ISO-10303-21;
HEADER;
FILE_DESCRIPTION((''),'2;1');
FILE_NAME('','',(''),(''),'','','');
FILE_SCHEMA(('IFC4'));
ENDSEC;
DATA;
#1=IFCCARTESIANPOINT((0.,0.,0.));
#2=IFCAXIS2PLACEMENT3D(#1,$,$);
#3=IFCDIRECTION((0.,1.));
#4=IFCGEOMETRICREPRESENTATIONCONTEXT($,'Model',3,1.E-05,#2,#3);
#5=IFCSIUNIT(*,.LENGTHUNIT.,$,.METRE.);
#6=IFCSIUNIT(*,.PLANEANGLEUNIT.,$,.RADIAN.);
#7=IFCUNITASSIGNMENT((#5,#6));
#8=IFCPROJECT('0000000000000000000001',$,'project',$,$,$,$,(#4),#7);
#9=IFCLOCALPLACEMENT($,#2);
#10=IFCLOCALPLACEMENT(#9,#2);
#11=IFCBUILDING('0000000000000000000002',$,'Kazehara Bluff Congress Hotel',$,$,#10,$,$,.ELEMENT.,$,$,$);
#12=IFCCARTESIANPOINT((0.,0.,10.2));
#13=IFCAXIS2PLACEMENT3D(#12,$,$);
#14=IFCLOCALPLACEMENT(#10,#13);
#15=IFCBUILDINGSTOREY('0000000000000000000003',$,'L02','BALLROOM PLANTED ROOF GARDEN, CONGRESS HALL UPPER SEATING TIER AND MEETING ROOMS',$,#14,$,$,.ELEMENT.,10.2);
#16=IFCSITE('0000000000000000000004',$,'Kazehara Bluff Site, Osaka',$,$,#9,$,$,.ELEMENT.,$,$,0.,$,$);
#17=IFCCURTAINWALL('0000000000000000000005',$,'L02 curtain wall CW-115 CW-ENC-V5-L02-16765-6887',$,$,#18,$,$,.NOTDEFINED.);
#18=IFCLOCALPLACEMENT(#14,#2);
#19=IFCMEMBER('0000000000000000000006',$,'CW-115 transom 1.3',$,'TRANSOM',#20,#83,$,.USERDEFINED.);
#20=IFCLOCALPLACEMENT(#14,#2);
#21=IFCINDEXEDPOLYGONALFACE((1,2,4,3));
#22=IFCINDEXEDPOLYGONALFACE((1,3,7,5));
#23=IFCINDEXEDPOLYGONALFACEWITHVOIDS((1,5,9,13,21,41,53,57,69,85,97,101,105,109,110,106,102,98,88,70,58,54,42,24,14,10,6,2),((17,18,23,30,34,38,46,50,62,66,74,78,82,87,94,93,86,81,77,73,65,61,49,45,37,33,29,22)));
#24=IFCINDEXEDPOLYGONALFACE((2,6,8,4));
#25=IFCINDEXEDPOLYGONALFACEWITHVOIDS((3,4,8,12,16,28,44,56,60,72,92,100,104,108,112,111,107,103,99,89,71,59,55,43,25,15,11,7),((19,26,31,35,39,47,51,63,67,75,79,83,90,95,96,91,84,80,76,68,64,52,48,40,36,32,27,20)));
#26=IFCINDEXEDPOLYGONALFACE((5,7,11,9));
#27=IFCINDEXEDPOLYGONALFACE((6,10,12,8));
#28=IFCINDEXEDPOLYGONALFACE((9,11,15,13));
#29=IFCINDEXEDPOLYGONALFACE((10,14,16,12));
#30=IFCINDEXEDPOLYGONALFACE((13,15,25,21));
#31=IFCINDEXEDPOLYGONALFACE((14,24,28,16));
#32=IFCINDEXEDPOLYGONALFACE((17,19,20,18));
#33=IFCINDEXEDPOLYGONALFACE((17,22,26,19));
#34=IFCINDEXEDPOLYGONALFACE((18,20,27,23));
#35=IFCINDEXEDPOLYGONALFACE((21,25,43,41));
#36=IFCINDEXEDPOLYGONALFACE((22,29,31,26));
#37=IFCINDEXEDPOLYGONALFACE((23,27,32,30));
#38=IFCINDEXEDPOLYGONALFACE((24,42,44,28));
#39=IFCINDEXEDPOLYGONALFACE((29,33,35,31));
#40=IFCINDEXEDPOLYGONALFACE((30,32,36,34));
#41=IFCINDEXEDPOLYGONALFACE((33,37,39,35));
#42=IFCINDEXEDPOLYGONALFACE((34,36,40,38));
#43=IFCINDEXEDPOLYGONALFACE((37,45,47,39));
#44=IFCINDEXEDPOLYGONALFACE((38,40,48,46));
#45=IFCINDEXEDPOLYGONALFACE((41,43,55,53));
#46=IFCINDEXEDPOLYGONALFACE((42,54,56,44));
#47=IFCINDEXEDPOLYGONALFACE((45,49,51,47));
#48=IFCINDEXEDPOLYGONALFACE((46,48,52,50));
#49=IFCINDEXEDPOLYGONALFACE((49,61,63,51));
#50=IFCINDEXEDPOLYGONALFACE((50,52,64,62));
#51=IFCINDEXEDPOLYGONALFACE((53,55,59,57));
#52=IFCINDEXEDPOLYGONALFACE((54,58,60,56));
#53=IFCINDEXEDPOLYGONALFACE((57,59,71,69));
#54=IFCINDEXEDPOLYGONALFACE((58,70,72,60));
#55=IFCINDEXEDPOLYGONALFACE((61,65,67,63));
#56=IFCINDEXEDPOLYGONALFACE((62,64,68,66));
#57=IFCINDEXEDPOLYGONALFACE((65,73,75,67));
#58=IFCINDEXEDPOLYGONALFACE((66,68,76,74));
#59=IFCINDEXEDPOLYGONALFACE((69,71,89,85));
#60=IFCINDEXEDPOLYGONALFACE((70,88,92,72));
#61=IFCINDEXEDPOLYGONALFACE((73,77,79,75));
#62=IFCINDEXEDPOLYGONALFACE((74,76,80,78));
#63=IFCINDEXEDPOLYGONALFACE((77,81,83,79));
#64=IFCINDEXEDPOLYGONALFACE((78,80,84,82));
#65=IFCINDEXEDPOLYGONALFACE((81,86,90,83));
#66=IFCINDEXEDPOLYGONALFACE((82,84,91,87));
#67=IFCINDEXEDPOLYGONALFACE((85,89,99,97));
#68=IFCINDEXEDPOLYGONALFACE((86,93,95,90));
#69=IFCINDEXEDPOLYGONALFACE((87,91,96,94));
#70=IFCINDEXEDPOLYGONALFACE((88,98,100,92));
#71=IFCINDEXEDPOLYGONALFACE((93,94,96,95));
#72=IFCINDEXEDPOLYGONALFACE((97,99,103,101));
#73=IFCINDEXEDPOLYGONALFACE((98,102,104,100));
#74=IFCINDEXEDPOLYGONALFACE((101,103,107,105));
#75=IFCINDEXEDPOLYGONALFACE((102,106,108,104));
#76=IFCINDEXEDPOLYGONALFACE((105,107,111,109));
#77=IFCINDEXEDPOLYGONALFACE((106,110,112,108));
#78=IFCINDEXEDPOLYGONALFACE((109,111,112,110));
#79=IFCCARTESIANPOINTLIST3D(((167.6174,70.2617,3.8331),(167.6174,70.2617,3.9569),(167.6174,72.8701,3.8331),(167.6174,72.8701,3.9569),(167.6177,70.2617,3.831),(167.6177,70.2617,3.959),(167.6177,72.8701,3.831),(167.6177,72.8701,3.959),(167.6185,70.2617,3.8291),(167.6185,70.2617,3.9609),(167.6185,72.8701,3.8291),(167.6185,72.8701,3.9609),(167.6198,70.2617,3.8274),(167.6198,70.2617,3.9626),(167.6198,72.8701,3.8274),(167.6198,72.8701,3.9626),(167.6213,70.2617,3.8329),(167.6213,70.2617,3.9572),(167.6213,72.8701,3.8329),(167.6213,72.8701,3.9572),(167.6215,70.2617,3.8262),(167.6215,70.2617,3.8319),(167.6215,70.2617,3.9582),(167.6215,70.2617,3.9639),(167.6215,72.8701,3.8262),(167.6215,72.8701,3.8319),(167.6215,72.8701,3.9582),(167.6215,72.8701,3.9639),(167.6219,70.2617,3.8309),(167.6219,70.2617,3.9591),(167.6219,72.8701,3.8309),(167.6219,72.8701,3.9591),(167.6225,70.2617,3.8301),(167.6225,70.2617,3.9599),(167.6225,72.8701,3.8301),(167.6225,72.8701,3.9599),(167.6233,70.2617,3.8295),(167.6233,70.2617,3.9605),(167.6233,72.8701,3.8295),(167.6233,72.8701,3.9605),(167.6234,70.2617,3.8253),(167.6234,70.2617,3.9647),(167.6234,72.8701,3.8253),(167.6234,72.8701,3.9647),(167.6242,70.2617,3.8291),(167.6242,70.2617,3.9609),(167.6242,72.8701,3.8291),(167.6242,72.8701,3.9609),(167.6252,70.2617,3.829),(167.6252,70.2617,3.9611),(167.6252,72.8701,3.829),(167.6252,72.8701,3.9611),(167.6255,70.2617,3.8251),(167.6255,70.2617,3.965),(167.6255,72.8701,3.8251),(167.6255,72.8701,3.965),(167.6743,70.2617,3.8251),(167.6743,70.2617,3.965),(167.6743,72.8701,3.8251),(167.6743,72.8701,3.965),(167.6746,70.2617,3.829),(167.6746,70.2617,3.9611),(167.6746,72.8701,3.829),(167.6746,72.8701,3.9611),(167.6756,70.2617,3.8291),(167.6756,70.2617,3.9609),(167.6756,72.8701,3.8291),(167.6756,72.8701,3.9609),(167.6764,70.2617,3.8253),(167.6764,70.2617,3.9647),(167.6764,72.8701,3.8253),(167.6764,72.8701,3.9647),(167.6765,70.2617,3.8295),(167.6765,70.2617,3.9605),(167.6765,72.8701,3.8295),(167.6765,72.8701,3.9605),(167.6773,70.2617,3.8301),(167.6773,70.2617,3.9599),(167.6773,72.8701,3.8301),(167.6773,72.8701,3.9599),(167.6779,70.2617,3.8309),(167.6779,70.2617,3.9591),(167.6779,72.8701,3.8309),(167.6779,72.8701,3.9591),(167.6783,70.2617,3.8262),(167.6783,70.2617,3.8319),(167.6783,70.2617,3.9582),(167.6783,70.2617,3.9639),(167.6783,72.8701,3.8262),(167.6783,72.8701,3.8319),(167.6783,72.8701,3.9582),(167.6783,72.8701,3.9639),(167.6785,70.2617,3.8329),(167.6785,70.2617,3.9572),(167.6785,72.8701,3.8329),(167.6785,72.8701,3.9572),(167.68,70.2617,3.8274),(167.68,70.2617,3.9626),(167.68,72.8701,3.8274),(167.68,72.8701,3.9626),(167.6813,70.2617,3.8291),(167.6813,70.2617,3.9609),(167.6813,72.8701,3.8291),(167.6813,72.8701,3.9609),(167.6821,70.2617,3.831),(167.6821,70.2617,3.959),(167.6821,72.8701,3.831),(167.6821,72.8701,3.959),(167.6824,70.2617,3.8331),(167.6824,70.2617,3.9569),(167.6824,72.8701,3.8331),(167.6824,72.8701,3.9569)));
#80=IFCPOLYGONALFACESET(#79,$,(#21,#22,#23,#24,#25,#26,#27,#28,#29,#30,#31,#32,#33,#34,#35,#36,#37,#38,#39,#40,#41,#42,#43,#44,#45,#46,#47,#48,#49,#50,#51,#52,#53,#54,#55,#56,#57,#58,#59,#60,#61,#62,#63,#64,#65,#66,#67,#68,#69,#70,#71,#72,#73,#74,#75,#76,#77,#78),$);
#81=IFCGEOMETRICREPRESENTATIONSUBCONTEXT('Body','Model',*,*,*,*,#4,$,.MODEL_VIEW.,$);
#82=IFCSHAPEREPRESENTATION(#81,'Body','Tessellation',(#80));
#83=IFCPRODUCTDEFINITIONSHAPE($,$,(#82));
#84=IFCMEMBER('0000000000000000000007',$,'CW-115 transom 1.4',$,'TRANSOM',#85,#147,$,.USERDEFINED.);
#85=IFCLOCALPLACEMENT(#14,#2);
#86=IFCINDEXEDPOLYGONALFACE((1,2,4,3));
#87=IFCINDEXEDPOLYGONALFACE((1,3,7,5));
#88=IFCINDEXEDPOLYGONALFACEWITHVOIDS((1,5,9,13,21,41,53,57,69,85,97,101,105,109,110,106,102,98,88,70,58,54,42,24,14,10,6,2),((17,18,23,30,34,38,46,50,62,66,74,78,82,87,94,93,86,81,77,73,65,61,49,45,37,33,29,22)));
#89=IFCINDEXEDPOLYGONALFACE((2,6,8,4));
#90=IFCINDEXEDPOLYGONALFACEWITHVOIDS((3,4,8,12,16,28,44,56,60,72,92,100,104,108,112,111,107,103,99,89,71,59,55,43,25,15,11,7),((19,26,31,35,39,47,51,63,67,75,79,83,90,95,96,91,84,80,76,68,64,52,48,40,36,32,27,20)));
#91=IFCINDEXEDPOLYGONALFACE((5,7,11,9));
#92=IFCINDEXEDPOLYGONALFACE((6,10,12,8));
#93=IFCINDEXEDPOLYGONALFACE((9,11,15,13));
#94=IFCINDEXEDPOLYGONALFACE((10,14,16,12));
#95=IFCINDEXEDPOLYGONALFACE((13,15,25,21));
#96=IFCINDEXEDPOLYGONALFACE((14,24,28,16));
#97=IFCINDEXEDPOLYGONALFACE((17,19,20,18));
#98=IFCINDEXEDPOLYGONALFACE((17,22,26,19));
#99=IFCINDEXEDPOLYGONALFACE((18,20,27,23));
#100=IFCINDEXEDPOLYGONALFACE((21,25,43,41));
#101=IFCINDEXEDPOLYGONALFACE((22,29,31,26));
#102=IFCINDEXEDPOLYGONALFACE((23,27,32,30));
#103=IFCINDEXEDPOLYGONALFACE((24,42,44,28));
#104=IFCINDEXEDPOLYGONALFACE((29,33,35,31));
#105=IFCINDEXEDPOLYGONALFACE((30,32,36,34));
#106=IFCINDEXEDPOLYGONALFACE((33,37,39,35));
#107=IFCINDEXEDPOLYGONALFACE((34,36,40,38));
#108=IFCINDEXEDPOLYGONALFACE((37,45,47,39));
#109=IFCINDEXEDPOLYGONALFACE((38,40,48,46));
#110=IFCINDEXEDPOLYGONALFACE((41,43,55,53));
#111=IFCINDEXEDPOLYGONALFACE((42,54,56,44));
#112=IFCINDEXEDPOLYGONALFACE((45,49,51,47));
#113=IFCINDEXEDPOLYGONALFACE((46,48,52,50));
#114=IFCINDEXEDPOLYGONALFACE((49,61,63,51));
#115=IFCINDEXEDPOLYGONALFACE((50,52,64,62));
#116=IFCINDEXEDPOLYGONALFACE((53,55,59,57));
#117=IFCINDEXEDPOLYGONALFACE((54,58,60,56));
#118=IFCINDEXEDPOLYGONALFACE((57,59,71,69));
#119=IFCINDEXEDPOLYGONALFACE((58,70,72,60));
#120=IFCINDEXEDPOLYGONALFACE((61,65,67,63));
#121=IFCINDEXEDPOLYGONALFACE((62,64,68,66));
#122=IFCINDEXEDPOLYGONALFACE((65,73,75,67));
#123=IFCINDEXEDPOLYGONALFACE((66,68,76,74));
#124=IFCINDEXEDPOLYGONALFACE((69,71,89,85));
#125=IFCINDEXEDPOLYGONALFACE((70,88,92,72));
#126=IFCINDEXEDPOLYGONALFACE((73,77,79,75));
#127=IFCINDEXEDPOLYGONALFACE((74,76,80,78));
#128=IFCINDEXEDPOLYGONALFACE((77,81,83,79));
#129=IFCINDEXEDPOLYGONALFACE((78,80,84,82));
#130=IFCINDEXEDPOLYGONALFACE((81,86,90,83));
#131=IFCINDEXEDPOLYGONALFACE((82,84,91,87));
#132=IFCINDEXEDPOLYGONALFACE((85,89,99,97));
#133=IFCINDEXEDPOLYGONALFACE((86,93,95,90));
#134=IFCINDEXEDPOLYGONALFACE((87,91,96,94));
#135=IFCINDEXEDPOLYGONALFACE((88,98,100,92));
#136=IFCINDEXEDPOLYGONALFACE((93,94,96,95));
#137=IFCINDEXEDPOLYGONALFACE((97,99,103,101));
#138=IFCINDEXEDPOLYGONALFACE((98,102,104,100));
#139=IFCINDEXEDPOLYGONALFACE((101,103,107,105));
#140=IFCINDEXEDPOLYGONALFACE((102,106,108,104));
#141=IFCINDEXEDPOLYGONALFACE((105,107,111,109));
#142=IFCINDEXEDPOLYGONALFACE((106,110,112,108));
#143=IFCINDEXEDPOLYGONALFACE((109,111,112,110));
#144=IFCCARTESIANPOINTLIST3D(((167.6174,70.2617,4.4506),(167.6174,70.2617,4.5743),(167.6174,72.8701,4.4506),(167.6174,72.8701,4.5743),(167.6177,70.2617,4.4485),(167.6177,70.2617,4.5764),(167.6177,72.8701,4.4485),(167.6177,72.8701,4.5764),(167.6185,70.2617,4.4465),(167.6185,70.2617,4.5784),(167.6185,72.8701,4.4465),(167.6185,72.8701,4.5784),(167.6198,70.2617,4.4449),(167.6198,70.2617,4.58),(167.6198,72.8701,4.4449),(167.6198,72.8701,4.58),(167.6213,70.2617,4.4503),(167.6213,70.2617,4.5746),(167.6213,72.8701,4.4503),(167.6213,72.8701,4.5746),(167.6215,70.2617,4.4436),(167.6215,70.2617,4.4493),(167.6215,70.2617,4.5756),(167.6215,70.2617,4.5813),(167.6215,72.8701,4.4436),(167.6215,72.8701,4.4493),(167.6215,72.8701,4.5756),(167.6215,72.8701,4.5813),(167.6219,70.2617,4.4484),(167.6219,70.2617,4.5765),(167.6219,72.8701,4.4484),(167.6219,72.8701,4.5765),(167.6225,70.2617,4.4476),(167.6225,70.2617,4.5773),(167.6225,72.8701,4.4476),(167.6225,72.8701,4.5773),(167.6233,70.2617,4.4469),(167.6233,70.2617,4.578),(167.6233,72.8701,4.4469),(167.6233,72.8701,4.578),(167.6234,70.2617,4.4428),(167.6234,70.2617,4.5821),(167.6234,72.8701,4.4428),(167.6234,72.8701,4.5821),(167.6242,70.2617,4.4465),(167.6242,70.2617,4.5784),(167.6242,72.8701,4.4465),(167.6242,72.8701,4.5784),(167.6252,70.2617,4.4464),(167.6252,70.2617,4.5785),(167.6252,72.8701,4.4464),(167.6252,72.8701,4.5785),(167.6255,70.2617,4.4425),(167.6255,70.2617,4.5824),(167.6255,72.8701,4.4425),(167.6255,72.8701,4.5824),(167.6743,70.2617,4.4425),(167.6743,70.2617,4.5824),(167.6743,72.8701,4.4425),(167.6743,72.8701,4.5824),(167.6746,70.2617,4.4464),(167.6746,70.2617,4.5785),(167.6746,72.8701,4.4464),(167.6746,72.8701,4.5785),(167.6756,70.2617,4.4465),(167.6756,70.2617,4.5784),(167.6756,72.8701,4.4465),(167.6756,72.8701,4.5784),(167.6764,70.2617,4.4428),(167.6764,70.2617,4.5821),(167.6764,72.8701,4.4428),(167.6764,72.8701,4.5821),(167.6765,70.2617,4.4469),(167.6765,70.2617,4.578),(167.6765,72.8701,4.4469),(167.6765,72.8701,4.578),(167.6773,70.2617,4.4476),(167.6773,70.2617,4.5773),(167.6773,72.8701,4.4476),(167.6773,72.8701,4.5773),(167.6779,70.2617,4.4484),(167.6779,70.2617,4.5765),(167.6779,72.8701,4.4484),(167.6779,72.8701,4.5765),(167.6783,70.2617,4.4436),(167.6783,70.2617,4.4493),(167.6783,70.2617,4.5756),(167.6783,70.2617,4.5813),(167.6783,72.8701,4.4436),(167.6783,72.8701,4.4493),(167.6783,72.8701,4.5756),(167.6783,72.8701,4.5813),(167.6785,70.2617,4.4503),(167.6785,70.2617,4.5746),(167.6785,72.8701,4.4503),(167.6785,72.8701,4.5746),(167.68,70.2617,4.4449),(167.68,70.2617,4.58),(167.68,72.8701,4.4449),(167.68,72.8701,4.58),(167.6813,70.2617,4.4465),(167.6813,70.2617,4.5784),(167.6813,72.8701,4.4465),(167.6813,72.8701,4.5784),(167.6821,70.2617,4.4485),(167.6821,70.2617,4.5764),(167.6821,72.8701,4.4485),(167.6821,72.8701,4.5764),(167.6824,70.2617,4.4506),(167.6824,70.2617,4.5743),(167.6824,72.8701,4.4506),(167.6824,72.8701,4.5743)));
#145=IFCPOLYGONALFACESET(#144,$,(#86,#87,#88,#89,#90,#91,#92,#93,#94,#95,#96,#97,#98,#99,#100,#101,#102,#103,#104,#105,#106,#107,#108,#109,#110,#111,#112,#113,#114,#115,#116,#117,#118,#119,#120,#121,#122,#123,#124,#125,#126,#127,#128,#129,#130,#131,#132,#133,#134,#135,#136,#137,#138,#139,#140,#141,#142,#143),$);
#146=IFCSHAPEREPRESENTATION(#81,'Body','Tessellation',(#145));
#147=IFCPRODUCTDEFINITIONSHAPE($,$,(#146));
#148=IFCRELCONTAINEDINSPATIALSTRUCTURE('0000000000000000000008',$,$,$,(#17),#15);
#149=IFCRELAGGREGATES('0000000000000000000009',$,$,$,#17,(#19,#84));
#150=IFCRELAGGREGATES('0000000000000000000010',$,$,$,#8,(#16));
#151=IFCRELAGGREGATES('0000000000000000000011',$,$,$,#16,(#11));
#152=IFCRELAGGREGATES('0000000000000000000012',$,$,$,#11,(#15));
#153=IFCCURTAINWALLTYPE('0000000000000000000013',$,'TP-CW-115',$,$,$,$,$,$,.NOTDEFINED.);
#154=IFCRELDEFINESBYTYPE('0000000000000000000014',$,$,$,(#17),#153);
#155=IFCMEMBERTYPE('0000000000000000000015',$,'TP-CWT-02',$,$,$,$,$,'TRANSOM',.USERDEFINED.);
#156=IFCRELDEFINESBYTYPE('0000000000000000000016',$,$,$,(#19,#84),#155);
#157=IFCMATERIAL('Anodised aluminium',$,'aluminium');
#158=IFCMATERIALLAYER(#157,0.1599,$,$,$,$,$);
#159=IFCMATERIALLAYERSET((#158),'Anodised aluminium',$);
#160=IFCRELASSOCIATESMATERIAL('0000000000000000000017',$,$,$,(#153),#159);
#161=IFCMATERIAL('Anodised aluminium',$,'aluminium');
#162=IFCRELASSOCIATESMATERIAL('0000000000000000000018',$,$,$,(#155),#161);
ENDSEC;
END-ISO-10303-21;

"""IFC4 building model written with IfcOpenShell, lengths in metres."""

from ifc_helpers import new_model, si_unit, direction, frame, origin, origin_2d, place, context, subcontext, project, spatial, hollow_rectangle, extrude, material, layer, layer_set, material_profile, profile_set, type_object, element, aggregate, save


model = new_model("IFC4")

# Units and contexts
model_context = context("Model", 3, precision=1e-05, world=origin(), true_north=direction((0.0, 1.0)))
body_context = subcontext(model_context, "Body", "Model", "MODEL_VIEW")
ifc_project = project(units=[si_unit("LENGTHUNIT", "METRE"), si_unit("PLANEANGLEUNIT", "RADIAN")], contexts=[model_context])

# Site, building, storey
site_placement = place(None, origin())
site = spatial("IfcSite", under=ifc_project, at=site_placement, Name="Kazehara Bluff Site, Osaka", CompositionType="ELEMENT", RefElevation=0.0)
building_placement = place(site_placement, origin())
building = spatial("IfcBuilding", under=site, at=building_placement, Name="Kazehara Bluff Congress Hotel", CompositionType="ELEMENT")
storey_placement = place(building_placement, frame((0.0, 0.0, 10.2)))
storey = spatial("IfcBuildingStorey", under=building, at=storey_placement, Name="L02", Description="BALLROOM PLANTED ROOF GARDEN, CONGRESS HALL UPPER SEATING TIER AND MEETING ROOMS", CompositionType="ELEMENT", Elevation=10.2)

# Curtain wall
ifc_material_1 = material(Name="Anodised aluminium", Category="aluminium")
ifc_layer_1 = layer(ifc_material_1, 0.1599)
ifc_layer_set_1 = layer_set([ifc_layer_1], Name="Anodised aluminium")
curtain_wall_type_1 = type_object("IfcCurtainWallType", Name="TP-CW-115", PredefinedType="NOTDEFINED", material=ifc_layer_set_1)
curtain_wall_1_placement = place(storey_placement, origin())
curtain_wall_1 = element("IfcCurtainWall", 1, at=curtain_wall_1_placement, inside=storey, type_object=curtain_wall_type_1, Name="L02 curtain wall CW-115 CW-ENC-V5-L02-16765-6887", PredefinedType="NOTDEFINED")

# Members
ifc_material_2 = material(Name="Anodised aluminium", Category="aluminium")
ifc_material_profile_1 = material_profile(ifc_material_2, hollow_rectangle(XDim=0.0649, YDim=0.1399, WallThickness=0.0039, InnerFilletRadius=0.0039, OuterFilletRadius=0.0081, at=origin_2d()))
ifc_profile_set_1 = profile_set([ifc_material_profile_1], Name="Anodised aluminium")
member_type_1 = type_object("IfcMemberType", Name="TP-CWT-02", ElementType="TRANSOM", PredefinedType="USERDEFINED", material=ifc_profile_set_1)
member_1_placement = place(storey_placement, frame((167.6499, 72.8701, 3.895), z_axis=(0.0, -1.0, 0.0), x_axis=(1.0, 0.0, 0.0)))
member_1 = element("IfcMember", 2, at=member_1_placement, type_object=member_type_1, Name="CW-115 transom 1.3", ObjectType="TRANSOM", PredefinedType="USERDEFINED", context=body_context, shape_type="SweptSolid", body=[
    extrude(hollow_rectangle(XDim=0.0649, YDim=0.1399, WallThickness=0.0039, InnerFilletRadius=0.0039, OuterFilletRadius=0.0081, at=origin_2d()), origin(), (0.0, 0.0, 1.0), 2.6084),
])
member_2_placement = place(storey_placement, frame((167.6499, 72.8701, 4.5125), z_axis=(0.0, -1.0, 0.0), x_axis=(1.0, 0.0, 0.0)))
member_2 = element("IfcMember", 3, at=member_2_placement, type_object=member_type_1, Name="CW-115 transom 1.4", ObjectType="TRANSOM", PredefinedType="USERDEFINED", context=body_context, shape_type="SweptSolid", body=[
    extrude(hollow_rectangle(XDim=0.0649, YDim=0.1399, WallThickness=0.0039, InnerFilletRadius=0.0039, OuterFilletRadius=0.0081, at=origin_2d()), origin(), (0.0, 0.0, 1.0), 2.6084),
])

aggregate(curtain_wall_1, [member_1, member_2])

save(model, "model.ifc")
